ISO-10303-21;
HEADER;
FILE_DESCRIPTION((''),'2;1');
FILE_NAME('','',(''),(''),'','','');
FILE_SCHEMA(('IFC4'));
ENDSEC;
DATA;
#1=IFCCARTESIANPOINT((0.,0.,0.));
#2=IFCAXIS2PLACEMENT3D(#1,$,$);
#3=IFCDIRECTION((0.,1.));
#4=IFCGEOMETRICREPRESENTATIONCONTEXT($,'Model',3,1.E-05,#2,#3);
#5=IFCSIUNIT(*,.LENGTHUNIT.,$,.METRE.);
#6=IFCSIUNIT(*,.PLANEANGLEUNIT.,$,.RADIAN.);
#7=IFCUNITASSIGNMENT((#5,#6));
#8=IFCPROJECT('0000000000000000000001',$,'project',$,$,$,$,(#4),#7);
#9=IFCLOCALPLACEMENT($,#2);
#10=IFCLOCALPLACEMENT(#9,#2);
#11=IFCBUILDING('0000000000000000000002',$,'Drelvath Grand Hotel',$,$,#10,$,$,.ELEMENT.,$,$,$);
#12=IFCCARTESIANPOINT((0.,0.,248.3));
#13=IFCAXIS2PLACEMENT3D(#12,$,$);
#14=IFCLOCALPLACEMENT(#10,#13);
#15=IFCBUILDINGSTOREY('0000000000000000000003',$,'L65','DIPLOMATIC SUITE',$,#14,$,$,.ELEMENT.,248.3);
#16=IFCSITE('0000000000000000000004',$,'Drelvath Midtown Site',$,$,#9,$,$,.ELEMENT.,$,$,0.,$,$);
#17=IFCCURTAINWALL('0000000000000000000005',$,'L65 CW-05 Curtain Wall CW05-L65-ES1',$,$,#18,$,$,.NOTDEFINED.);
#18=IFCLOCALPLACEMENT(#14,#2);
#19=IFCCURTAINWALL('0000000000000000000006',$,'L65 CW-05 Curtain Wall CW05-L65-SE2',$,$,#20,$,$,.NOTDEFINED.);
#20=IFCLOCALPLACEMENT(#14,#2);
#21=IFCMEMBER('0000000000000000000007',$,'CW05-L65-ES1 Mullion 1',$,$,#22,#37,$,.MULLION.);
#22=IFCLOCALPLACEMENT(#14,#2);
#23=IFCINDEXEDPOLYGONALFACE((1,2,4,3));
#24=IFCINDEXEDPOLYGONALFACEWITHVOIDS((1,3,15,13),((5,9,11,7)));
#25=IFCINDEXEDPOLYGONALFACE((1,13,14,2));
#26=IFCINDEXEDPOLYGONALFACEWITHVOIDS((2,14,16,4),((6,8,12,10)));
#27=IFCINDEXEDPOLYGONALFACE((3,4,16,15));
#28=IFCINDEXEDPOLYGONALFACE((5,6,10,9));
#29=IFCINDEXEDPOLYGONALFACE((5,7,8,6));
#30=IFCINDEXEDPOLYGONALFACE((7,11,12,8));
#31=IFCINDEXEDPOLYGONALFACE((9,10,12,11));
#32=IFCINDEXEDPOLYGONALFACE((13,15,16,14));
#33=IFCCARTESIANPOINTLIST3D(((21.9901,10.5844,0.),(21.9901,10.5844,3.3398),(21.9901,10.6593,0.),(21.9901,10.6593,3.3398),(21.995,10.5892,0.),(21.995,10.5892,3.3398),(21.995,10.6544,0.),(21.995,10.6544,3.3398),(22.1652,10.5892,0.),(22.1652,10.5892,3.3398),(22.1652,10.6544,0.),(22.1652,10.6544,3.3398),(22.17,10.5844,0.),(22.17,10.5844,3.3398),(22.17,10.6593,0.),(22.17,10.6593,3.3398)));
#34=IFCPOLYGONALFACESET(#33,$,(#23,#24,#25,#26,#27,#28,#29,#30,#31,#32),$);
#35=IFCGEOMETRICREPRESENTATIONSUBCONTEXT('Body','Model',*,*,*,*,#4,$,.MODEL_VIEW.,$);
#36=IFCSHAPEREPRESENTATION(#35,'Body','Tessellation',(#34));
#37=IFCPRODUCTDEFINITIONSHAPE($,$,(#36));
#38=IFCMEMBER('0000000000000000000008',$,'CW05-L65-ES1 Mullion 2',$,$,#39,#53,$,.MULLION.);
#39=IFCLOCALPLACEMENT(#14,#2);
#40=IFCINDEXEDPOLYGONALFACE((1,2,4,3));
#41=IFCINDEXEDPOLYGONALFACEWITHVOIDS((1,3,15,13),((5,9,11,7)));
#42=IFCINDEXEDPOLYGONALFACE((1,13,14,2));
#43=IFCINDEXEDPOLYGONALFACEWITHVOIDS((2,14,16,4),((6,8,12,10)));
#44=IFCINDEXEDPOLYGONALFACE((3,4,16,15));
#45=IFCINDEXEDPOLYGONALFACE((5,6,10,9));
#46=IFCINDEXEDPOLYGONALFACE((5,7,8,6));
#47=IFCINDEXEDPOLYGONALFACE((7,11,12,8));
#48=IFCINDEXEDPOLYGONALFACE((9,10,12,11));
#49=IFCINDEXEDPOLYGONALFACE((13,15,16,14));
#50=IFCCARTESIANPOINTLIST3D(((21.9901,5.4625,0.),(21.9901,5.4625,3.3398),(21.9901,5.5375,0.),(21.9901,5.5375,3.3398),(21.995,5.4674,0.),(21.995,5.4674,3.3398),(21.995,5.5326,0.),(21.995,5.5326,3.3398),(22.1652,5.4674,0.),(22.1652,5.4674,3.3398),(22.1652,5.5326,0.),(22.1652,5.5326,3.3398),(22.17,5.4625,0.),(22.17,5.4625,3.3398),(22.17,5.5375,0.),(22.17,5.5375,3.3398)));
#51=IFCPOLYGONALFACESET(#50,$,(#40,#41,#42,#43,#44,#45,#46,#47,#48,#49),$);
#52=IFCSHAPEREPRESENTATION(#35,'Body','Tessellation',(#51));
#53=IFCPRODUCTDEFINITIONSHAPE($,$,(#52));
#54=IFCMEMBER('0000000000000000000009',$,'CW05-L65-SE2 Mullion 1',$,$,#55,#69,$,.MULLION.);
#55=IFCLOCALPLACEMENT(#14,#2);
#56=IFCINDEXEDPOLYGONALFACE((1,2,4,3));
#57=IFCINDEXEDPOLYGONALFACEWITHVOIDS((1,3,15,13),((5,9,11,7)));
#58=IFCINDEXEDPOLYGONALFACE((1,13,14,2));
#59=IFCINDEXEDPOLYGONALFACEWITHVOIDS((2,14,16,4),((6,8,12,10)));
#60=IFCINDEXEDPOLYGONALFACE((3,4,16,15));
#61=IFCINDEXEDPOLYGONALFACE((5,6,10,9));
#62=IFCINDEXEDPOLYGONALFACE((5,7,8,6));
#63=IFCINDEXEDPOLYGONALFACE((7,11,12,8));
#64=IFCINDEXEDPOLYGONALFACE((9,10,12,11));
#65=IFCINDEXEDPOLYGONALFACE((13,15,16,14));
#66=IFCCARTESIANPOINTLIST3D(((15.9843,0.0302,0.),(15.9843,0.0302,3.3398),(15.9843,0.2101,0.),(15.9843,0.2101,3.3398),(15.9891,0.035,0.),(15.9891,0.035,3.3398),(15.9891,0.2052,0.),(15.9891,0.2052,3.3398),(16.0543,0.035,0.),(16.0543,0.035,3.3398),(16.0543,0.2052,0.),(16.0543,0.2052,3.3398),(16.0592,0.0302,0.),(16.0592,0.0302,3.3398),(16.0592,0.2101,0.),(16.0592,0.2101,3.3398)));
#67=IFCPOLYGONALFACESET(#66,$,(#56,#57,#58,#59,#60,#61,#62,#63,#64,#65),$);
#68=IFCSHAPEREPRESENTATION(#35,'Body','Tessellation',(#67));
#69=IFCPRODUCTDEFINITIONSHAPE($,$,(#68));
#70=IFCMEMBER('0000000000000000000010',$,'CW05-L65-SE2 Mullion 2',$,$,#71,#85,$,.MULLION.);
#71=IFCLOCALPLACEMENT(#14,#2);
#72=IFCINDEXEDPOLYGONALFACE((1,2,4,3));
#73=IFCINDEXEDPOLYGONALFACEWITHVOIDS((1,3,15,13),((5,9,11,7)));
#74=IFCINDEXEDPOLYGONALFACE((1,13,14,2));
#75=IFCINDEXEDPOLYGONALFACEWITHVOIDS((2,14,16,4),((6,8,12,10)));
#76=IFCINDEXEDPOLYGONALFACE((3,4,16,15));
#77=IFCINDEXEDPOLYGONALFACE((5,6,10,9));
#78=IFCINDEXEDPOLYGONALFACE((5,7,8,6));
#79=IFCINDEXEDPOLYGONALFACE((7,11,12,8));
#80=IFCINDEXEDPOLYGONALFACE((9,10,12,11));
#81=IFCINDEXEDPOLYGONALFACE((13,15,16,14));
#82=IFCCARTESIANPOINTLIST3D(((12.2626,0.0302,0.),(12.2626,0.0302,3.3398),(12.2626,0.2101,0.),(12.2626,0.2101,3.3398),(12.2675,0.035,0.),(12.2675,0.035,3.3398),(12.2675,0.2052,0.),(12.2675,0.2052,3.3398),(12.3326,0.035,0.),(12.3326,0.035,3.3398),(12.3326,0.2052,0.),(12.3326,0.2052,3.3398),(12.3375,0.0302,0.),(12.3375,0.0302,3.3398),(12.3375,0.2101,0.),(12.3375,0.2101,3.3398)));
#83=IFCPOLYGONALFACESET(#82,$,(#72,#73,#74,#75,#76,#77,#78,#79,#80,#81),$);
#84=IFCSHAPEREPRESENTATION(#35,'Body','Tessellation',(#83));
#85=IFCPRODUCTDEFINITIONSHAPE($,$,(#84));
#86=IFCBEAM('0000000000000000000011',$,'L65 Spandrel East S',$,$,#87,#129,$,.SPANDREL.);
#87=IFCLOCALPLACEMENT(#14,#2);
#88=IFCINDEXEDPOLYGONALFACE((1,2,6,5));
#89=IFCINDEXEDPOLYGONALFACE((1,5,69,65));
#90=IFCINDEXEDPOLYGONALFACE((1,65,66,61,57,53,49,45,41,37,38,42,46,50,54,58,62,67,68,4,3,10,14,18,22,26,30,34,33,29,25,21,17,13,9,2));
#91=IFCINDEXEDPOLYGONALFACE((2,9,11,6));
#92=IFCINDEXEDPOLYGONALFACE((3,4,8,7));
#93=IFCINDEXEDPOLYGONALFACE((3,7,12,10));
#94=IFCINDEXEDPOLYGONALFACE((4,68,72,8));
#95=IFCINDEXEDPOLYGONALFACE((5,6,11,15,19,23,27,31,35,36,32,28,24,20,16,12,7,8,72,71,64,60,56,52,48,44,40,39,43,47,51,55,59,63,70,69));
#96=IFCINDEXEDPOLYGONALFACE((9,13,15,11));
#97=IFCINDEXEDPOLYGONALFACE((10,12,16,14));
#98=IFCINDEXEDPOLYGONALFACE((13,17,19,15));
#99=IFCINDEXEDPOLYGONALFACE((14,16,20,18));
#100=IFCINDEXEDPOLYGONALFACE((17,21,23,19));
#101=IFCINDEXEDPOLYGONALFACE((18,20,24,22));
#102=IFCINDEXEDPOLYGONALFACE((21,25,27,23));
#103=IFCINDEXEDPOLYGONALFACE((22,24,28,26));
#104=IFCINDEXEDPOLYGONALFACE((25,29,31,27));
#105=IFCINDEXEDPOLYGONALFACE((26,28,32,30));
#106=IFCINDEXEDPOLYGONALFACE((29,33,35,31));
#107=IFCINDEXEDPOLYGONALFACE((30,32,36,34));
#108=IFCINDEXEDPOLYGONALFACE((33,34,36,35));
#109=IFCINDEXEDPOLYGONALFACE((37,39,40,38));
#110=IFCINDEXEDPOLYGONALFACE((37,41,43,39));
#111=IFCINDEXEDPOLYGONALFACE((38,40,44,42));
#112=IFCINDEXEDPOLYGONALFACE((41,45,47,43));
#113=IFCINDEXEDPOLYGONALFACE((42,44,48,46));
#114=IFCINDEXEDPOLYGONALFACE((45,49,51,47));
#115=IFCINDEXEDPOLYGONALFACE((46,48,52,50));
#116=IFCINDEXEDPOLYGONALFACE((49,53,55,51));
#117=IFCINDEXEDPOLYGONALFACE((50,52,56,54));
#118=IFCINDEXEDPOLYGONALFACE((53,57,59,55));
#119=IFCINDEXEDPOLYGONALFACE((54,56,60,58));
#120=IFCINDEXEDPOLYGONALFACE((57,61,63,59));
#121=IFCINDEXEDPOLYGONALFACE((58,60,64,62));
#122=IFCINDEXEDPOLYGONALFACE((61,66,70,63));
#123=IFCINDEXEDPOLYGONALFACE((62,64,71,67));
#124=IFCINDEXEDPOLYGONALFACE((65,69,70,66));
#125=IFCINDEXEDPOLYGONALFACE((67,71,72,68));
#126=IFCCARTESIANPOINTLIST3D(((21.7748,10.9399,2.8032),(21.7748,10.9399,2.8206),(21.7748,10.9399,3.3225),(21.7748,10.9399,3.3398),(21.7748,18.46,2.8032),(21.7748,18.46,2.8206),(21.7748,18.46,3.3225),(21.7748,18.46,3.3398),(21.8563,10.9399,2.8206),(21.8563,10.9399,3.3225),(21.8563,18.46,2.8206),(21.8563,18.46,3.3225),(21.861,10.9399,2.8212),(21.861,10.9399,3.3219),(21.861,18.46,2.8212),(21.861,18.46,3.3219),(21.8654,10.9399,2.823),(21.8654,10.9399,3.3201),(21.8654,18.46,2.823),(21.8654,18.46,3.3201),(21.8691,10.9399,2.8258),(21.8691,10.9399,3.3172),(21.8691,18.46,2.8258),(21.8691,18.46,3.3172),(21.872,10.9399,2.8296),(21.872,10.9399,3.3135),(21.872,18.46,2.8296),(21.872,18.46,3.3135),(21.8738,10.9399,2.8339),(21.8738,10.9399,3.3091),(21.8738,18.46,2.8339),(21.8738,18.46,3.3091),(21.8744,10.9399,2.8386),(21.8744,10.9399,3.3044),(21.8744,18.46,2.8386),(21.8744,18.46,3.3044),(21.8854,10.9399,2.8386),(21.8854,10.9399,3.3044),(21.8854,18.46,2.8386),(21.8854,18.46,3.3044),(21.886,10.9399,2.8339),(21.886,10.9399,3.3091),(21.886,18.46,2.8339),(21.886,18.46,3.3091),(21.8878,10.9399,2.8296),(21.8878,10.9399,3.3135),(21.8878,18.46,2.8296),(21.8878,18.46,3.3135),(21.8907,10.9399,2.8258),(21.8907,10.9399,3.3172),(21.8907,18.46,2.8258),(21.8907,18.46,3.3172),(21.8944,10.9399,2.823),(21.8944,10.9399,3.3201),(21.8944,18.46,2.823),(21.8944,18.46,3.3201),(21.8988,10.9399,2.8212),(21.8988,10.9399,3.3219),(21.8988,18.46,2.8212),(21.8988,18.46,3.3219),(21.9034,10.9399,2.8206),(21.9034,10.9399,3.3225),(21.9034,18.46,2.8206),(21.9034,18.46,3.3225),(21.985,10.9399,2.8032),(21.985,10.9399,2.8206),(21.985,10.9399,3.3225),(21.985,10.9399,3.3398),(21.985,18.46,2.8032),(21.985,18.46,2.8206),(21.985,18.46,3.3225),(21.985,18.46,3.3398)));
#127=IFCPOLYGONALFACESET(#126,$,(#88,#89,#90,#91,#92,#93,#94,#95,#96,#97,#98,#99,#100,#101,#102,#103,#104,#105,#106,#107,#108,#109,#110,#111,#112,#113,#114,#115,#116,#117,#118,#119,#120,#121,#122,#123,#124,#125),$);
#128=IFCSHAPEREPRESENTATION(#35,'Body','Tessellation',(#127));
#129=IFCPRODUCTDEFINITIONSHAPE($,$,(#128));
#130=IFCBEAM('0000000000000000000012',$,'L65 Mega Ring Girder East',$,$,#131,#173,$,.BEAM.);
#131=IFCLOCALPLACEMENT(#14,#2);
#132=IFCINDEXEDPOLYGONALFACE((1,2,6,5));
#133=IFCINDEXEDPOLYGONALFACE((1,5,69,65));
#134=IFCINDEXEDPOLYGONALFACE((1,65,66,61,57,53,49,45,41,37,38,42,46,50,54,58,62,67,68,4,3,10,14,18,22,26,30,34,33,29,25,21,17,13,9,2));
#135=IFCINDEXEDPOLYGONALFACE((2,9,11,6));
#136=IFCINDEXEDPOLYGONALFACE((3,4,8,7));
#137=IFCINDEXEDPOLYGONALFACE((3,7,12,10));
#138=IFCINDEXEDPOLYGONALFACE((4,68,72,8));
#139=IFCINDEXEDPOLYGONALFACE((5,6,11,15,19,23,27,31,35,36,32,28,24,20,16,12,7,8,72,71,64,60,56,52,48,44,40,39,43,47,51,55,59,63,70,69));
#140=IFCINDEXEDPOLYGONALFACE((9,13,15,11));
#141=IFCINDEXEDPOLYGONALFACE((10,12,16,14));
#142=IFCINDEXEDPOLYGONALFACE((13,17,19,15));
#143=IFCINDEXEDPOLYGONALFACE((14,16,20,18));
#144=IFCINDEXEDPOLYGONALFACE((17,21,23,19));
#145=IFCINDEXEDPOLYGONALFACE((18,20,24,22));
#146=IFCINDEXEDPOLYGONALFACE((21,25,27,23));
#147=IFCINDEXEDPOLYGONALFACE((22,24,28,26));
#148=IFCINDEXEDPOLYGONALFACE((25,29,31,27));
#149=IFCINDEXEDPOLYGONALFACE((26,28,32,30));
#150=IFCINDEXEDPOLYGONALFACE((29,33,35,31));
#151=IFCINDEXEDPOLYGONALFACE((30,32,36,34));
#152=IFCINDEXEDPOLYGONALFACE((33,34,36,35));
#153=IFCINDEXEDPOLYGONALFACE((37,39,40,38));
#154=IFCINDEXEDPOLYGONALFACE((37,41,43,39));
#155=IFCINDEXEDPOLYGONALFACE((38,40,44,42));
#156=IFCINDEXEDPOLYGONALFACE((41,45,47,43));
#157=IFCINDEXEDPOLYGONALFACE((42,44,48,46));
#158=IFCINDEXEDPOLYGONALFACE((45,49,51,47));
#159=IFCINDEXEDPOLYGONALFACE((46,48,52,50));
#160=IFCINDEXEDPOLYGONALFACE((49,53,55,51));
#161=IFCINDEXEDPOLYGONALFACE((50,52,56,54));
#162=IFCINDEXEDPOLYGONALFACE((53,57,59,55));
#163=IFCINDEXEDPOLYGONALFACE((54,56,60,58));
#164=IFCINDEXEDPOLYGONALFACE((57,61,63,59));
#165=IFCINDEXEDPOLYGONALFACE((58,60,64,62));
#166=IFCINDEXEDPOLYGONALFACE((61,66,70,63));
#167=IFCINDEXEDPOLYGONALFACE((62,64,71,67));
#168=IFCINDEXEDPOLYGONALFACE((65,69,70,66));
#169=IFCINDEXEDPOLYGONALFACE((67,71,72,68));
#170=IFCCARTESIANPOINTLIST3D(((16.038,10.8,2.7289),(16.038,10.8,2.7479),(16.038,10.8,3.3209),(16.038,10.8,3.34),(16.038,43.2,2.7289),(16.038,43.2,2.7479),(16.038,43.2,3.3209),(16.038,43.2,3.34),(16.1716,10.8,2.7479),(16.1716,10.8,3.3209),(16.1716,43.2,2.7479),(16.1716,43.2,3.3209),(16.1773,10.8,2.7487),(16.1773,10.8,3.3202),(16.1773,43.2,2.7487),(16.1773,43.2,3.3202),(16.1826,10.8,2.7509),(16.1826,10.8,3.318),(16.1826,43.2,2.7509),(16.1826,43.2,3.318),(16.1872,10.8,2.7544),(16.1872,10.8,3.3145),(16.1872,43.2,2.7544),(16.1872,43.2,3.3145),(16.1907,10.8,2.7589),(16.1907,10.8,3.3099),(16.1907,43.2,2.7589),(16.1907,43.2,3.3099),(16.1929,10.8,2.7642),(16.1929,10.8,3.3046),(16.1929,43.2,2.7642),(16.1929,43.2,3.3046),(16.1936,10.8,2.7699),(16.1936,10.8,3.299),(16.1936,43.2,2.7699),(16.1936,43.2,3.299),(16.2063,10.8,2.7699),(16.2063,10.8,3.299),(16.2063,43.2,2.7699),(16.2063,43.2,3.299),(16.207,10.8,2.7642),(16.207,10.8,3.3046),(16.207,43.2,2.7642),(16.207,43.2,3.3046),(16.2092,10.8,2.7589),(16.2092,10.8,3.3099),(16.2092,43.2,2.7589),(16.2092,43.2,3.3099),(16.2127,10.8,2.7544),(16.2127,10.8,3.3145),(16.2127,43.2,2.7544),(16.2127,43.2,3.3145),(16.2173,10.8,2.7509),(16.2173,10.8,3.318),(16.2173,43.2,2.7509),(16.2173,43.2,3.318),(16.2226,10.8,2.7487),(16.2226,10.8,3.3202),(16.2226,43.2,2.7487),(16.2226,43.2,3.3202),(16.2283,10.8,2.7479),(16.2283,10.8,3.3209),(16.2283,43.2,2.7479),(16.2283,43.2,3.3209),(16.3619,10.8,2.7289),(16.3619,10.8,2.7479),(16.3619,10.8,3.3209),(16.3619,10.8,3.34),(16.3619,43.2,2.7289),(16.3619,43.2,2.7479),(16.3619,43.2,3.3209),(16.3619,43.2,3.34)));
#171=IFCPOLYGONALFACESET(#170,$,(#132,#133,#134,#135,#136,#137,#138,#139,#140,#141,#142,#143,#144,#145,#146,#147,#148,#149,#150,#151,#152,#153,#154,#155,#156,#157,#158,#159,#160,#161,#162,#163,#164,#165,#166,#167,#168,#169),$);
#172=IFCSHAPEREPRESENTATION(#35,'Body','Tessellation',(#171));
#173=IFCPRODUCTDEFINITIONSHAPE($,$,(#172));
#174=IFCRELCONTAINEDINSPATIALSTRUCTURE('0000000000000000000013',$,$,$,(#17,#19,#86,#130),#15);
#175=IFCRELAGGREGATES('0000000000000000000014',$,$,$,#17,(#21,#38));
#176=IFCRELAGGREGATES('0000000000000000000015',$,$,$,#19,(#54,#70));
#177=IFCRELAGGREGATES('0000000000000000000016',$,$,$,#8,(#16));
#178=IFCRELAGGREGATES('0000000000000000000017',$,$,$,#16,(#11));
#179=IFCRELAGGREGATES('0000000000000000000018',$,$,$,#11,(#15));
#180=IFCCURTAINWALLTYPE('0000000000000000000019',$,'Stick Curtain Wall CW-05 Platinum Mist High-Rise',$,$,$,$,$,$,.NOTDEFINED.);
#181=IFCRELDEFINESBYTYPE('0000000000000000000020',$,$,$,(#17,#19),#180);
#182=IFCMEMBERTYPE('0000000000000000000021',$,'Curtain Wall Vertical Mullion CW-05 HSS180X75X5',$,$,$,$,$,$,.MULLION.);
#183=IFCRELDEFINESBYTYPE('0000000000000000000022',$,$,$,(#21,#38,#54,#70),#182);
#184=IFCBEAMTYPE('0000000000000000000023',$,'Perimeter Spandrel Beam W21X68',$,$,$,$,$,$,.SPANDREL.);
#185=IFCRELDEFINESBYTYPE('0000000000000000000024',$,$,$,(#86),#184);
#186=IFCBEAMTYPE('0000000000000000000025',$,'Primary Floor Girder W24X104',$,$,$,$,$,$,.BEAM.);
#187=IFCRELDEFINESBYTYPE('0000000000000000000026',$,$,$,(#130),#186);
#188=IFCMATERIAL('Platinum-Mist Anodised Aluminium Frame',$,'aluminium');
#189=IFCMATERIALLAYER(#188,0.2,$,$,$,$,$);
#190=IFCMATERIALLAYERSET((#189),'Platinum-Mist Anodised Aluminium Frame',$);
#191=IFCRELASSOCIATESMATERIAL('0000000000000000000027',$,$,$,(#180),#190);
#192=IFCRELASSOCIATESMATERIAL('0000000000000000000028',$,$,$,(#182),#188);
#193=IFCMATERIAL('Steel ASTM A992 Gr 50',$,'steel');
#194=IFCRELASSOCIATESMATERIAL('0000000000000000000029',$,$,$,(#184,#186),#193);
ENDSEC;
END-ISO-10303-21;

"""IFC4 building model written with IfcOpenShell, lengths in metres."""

from ifc_helpers import new_model, si_unit, direction, frame, origin, origin_2d, place, context, subcontext, project, spatial, hollow_rectangle, i_section, extrude, material, layer, layer_set, material_profile, profile_set, type_object, element, aggregate, save


model = new_model("IFC4")

# Units and contexts
model_context = context("Model", 3, precision=1e-05, world=origin(), true_north=direction((0.0, 1.0)))
body_context = subcontext(model_context, "Body", "Model", "MODEL_VIEW")
ifc_project = project(units=[si_unit("LENGTHUNIT", "METRE"), si_unit("PLANEANGLEUNIT", "RADIAN")], contexts=[model_context])

# Site, building, storey
site_placement = place(None, origin())
site = spatial("IfcSite", under=ifc_project, at=site_placement, Name="Drelvath Midtown Site", CompositionType="ELEMENT", RefElevation=0.0)
building_placement = place(site_placement, origin())
building = spatial("IfcBuilding", under=site, at=building_placement, Name="Drelvath Grand Hotel", CompositionType="ELEMENT")
storey_placement = place(building_placement, frame((0.0, 0.0, 248.3)))
storey = spatial("IfcBuildingStorey", under=building, at=storey_placement, Name="L65", Description="DIPLOMATIC SUITE", CompositionType="ELEMENT", Elevation=248.3)

# Shared definitions
ifc_material_1 = material(Name="Steel ASTM A992 Gr 50", Category="steel")

# Curtain walls
ifc_material_2 = material(Name="Platinum-Mist Anodised Aluminium Frame", Category="aluminium")
ifc_layer_1 = layer(ifc_material_2, 0.2)
ifc_layer_set_1 = layer_set([ifc_layer_1], Name="Platinum-Mist Anodised Aluminium Frame")
curtain_wall_type = type_object("IfcCurtainWallType", Name="Stick Curtain Wall CW-05 Platinum Mist High-Rise", PredefinedType="NOTDEFINED", material=ifc_layer_set_1)
curtain_wall_1_placement = place(storey_placement, origin())
curtain_wall_1 = element("IfcCurtainWall", 1, at=curtain_wall_1_placement, inside=storey, type_object=curtain_wall_type, Name="L65 CW-05 Curtain Wall CW05-L65-ES1", PredefinedType="NOTDEFINED")
curtain_wall_2_placement = place(storey_placement, origin())
curtain_wall_2 = element("IfcCurtainWall", 2, at=curtain_wall_2_placement, inside=storey, type_object=curtain_wall_type, Name="L65 CW-05 Curtain Wall CW05-L65-SE2", PredefinedType="NOTDEFINED")

# Members
ifc_material_profile_1 = material_profile(ifc_material_2, hollow_rectangle(XDim=0.075, YDim=0.1799, WallThickness=0.0049, at=origin_2d()), Name="HSS180X75X5")
ifc_profile_set_1 = profile_set([ifc_material_profile_1], Name="Platinum-Mist Anodised Aluminium Frame")
member_type_1 = type_object("IfcMemberType", Name="Curtain Wall Vertical Mullion CW-05 HSS180X75X5", PredefinedType="MULLION", material=ifc_profile_set_1)
member_1_placement = place(storey_placement, frame((22.0801, 10.6218, 0.0), z_axis=(0.0, 0.0, 1.0), x_axis=(0.0, 1.0, 0.0)))
member_1 = element("IfcMember", 3, at=member_1_placement, type_object=member_type_1, Name="CW05-L65-ES1 Mullion 1", PredefinedType="MULLION", context=body_context, shape_type="SweptSolid", body=[
    extrude(hollow_rectangle(XDim=0.075, YDim=0.1799, WallThickness=0.0049, at=origin_2d()), origin(), (0.0, 0.0, 1.0), 3.3398),
])
member_2_placement = place(storey_placement, frame((22.0801, 5.5, 0.0), z_axis=(0.0, 0.0, 1.0), x_axis=(0.0, 1.0, 0.0)))
member_2 = element("IfcMember", 4, at=member_2_placement, type_object=member_type_1, Name="CW05-L65-ES1 Mullion 2", PredefinedType="MULLION", context=body_context, shape_type="SweptSolid", body=[
    extrude(hollow_rectangle(XDim=0.075, YDim=0.1799, WallThickness=0.0049, at=origin_2d()), origin(), (0.0, 0.0, 1.0), 3.3398),
])
member_3_placement = place(storey_placement, frame((16.0217, 0.1201, 0.0), z_axis=(0.0, 0.0, 1.0), x_axis=(1.0, 0.0, 0.0)))
member_3 = element("IfcMember", 5, at=member_3_placement, type_object=member_type_1, Name="CW05-L65-SE2 Mullion 1", PredefinedType="MULLION", context=body_context, shape_type="SweptSolid", body=[
    extrude(hollow_rectangle(XDim=0.075, YDim=0.1799, WallThickness=0.0049, at=origin_2d()), origin(), (0.0, 0.0, 1.0), 3.3398),
])
member_4_placement = place(storey_placement, frame((12.3, 0.1201, 0.0), z_axis=(0.0, 0.0, 1.0), x_axis=(1.0, 0.0, 0.0)))
member_4 = element("IfcMember", 6, at=member_4_placement, type_object=member_type_1, Name="CW05-L65-SE2 Mullion 2", PredefinedType="MULLION", context=body_context, shape_type="SweptSolid", body=[
    extrude(hollow_rectangle(XDim=0.075, YDim=0.1799, WallThickness=0.0049, at=origin_2d()), origin(), (0.0, 0.0, 1.0), 3.3398),
])

# Beams
ifc_material_profile_2 = material_profile(ifc_material_1, i_section(OverallWidth=0.2102, OverallDepth=0.5366, WebThickness=0.011, FlangeThickness=0.0173, FilletRadius=0.0181, at=origin_2d()), Name="W21X68")
ifc_profile_set_2 = profile_set([ifc_material_profile_2], Name="Steel ASTM A992 Gr 50")
beam_type_1 = type_object("IfcBeamType", Name="Perimeter Spandrel Beam W21X68", PredefinedType="SPANDREL", material=ifc_profile_set_2)
beam_1_placement = place(storey_placement, frame((21.8799, 10.9399, 3.0715), z_axis=(0.0, 1.0, 0.0), x_axis=(-1.0, 0.0, 0.0)))
element("IfcBeam", 7, at=beam_1_placement, inside=storey, type_object=beam_type_1, Name="L65 Spandrel East S", PredefinedType="SPANDREL", context=body_context, shape_type="SweptSolid", body=[
    extrude(i_section(OverallWidth=0.2102, OverallDepth=0.5366, WebThickness=0.011, FlangeThickness=0.0173, FilletRadius=0.0181, at=origin_2d()), origin(), (0.0, 0.0, 1.0), 7.52),
])
ifc_material_profile_3 = material_profile(ifc_material_1, i_section(OverallWidth=0.324, OverallDepth=0.6111, WebThickness=0.0127, FlangeThickness=0.019, FilletRadius=0.022, at=origin_2d()), Name="W24X104")
ifc_profile_set_3 = profile_set([ifc_material_profile_3], Name="Steel ASTM A992 Gr 50")
beam_type_2 = type_object("IfcBeamType", Name="Primary Floor Girder W24X104", PredefinedType="BEAM", material=ifc_profile_set_3)
beam_2_placement = place(storey_placement, frame((16.2, 10.8, 3.0344), z_axis=(0.0, 1.0, 0.0), x_axis=(-1.0, 0.0, 0.0)))
element("IfcBeam", 8, at=beam_2_placement, inside=storey, type_object=beam_type_2, Name="L65 Mega Ring Girder East", PredefinedType="BEAM", context=body_context, shape_type="SweptSolid", body=[
    extrude(i_section(OverallWidth=0.324, OverallDepth=0.6111, WebThickness=0.0127, FlangeThickness=0.019, FilletRadius=0.022, at=origin_2d()), origin(), (0.0, 0.0, 1.0), 32.3999),
])

aggregate(curtain_wall_1, [member_1, member_2])
aggregate(curtain_wall_2, [member_3, member_4])

save(model, "model.ifc")
